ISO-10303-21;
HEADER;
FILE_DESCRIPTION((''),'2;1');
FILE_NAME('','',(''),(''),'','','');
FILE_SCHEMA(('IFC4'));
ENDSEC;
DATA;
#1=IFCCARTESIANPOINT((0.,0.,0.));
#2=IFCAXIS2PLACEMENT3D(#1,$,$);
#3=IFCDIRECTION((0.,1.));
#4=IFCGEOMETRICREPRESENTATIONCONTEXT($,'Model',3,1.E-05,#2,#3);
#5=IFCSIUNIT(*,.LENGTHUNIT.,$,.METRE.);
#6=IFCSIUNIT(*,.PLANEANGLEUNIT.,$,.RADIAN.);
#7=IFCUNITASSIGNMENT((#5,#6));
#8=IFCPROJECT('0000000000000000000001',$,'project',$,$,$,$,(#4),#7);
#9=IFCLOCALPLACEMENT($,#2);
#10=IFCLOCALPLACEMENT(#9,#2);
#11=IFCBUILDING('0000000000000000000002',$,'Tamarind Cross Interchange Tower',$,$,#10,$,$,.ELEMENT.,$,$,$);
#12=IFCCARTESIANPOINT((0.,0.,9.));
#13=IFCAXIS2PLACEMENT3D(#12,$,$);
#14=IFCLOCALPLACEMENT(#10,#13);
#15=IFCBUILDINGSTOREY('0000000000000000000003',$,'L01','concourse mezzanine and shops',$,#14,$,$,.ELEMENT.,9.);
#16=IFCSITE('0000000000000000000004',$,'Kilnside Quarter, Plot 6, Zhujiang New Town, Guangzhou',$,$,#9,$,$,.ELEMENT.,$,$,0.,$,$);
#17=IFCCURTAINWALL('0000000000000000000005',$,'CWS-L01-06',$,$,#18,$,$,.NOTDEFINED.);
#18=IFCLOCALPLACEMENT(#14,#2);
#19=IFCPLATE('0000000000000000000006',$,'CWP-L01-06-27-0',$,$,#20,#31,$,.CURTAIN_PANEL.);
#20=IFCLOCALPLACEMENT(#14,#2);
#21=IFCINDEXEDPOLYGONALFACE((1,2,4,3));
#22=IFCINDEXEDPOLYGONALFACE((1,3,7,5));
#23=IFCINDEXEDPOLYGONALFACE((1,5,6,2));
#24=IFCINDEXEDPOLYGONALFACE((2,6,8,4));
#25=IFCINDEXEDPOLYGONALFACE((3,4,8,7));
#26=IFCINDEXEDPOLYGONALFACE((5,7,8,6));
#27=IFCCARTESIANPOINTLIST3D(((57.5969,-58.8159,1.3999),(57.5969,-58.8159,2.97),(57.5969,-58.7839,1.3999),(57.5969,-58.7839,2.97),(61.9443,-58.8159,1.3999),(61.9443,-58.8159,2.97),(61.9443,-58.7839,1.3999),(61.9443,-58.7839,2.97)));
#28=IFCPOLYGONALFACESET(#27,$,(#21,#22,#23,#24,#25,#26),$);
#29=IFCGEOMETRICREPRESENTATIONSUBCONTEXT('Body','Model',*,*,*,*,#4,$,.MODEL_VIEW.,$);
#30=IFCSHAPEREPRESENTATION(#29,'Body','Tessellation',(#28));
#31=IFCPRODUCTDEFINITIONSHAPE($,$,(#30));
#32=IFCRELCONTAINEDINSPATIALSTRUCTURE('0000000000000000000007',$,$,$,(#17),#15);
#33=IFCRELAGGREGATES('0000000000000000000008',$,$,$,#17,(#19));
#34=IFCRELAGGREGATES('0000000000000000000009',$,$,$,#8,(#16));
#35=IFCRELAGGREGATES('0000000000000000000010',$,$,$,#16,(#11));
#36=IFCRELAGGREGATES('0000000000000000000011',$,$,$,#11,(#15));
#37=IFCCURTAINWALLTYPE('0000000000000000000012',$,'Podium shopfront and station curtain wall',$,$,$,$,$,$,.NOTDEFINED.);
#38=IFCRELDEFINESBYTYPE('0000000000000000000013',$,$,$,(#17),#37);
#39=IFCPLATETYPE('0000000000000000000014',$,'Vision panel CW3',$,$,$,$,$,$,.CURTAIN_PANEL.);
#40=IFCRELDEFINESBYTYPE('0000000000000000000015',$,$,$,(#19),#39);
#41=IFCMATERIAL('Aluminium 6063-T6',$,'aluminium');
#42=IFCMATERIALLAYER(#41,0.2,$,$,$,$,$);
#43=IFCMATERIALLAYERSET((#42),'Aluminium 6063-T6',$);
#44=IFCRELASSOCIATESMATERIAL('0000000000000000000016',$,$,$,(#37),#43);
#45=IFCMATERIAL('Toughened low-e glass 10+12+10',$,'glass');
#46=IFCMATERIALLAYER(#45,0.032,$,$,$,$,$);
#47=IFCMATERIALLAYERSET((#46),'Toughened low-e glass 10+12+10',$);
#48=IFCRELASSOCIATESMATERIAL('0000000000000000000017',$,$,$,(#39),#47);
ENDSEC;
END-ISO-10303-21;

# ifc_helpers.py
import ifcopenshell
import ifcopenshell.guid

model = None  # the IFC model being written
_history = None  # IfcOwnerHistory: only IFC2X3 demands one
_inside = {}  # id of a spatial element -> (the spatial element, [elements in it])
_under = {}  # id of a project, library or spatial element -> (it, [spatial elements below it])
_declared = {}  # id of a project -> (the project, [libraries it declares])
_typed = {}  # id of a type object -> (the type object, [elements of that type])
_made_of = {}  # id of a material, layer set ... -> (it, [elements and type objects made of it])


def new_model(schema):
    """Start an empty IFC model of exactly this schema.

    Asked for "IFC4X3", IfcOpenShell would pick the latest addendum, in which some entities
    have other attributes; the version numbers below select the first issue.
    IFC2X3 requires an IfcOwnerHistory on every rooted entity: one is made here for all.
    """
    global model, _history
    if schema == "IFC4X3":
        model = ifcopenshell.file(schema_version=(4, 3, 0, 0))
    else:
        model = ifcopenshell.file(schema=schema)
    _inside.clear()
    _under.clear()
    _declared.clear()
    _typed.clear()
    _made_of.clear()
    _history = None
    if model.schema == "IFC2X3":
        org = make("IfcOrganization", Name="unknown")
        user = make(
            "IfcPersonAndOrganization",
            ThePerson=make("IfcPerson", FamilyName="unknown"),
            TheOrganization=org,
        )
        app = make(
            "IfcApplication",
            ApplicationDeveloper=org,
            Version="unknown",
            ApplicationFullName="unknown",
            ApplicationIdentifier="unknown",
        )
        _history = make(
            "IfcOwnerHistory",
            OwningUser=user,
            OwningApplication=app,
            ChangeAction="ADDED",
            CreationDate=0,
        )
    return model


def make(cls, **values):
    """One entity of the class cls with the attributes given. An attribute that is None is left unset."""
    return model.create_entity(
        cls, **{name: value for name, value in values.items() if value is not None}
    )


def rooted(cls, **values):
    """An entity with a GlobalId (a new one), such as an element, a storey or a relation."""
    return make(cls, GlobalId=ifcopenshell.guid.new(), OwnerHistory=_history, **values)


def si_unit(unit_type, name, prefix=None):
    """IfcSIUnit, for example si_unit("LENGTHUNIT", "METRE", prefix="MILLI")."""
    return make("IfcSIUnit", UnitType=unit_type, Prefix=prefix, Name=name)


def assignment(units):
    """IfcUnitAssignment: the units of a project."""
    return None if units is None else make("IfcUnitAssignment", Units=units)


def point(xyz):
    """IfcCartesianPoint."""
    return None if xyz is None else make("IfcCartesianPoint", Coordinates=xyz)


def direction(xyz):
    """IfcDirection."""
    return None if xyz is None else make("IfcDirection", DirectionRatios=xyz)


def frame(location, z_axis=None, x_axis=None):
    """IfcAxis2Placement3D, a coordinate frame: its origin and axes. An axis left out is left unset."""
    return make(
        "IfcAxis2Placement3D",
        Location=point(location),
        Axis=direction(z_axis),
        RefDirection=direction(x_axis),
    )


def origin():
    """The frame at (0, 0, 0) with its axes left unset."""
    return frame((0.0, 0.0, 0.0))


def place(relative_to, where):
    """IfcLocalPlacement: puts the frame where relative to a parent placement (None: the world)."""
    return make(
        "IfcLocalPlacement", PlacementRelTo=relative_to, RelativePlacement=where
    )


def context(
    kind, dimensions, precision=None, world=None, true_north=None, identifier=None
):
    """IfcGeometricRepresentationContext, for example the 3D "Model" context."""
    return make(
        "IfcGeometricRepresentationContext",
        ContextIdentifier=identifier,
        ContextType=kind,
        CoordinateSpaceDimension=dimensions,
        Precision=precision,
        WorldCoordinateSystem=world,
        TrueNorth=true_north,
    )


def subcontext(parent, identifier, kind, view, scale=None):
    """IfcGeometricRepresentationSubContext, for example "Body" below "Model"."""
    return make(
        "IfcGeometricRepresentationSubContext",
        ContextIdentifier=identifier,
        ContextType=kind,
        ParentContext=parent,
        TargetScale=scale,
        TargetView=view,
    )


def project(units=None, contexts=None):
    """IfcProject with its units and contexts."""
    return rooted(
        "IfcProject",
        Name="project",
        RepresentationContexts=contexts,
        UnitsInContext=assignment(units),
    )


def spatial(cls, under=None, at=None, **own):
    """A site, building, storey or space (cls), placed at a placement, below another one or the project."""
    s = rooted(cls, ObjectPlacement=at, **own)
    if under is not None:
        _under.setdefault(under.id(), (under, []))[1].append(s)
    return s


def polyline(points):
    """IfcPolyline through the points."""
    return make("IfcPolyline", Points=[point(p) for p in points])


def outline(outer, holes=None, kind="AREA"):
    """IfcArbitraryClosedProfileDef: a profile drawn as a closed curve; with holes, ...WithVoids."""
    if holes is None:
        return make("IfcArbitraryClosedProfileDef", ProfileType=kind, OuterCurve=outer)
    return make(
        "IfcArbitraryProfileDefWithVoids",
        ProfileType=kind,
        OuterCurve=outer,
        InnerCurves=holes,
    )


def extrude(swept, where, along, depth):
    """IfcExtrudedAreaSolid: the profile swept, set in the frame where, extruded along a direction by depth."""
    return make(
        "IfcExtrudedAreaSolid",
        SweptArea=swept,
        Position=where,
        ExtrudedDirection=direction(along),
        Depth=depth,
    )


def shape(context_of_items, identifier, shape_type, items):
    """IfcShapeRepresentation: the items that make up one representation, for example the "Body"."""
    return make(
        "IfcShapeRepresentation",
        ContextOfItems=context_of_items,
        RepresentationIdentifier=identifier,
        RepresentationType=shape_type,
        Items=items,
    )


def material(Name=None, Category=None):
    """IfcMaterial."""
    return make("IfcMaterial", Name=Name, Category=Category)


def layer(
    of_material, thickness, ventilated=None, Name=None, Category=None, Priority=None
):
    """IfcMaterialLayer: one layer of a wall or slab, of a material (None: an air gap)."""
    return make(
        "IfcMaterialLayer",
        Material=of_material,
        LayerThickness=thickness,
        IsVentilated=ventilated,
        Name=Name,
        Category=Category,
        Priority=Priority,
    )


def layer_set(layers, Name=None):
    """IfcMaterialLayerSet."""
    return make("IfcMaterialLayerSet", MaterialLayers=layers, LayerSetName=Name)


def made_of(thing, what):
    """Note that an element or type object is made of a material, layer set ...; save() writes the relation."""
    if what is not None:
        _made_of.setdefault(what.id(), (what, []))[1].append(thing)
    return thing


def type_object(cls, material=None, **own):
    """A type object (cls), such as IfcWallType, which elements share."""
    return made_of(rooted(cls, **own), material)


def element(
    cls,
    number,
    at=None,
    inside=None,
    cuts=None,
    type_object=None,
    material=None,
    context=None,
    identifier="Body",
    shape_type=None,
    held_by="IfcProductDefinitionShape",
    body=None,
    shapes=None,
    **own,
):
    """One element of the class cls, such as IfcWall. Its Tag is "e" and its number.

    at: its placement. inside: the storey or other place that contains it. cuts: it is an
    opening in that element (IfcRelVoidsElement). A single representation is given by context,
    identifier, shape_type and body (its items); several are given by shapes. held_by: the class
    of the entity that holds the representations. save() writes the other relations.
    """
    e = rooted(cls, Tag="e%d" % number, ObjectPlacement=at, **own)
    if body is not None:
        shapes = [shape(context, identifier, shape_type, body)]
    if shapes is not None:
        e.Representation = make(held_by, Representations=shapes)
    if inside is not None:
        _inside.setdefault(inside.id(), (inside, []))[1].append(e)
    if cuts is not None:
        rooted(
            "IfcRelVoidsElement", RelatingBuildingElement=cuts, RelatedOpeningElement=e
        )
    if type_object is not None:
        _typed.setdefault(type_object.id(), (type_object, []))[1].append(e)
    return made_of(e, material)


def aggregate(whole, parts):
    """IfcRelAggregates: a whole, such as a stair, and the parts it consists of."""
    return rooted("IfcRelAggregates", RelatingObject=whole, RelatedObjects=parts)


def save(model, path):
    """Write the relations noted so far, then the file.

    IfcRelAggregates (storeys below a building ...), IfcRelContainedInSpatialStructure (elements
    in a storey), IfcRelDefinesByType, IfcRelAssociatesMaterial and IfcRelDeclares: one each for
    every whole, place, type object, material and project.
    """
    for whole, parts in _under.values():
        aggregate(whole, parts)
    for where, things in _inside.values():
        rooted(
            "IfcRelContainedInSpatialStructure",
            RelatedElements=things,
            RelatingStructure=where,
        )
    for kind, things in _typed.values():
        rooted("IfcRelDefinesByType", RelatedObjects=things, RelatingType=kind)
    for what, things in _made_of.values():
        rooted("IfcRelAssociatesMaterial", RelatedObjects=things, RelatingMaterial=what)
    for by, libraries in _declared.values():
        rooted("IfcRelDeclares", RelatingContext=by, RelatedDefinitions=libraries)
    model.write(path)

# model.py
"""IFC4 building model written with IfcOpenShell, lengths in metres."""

from ifc_helpers import new_model, si_unit, direction, frame, origin, place, context, subcontext, project, spatial, polyline, outline, extrude, material, layer, layer_set, type_object, element, aggregate, save


model = new_model("IFC4")

# Units and contexts
model_context = context("Model", 3, precision=1e-05, world=origin(), true_north=direction((0.0, 1.0)))
body_context = subcontext(model_context, "Body", "Model", "MODEL_VIEW")
ifc_project = project(units=[si_unit("LENGTHUNIT", "METRE"), si_unit("PLANEANGLEUNIT", "RADIAN")], contexts=[model_context])

# Site, building, storey
site_placement = place(None, origin())
site = spatial("IfcSite", under=ifc_project, at=site_placement, Name="Kilnside Quarter, Plot 6, Zhujiang New Town, Guangzhou", CompositionType="ELEMENT", RefElevation=0.0)
building_placement = place(site_placement, origin())
building = spatial("IfcBuilding", under=site, at=building_placement, Name="Tamarind Cross Interchange Tower", CompositionType="ELEMENT")
storey_placement = place(building_placement, frame((0.0, 0.0, 9.0)))
storey = spatial("IfcBuildingStorey", under=building, at=storey_placement, Name="L01", Description="concourse mezzanine and shops", CompositionType="ELEMENT", Elevation=9.0)

# Curtain wall, plate
ifc_material_1 = material(Name="Aluminium 6063-T6", Category="aluminium")
ifc_layer_1 = layer(ifc_material_1, 0.2)
ifc_layer_set_1 = layer_set([ifc_layer_1], Name="Aluminium 6063-T6")
curtain_wall_type = type_object("IfcCurtainWallType", Name="Podium shopfront and station curtain wall", PredefinedType="NOTDEFINED", material=ifc_layer_set_1)
curtain_wall_placement = place(storey_placement, origin())
curtain_wall = element("IfcCurtainWall", 1, at=curtain_wall_placement, inside=storey, type_object=curtain_wall_type, Name="CWS-L01-06", PredefinedType="NOTDEFINED")
ifc_material_2 = material(Name="Toughened low-e glass 10+12+10", Category="glass")
ifc_layer_2 = layer(ifc_material_2, 0.032)
ifc_layer_set_2 = layer_set([ifc_layer_2], Name="Toughened low-e glass 10+12+10")
plate_type = type_object("IfcPlateType", Name="Vision panel CW3", PredefinedType="CURTAIN_PANEL", material=ifc_layer_set_2)
plate_1_placement = place(storey_placement, frame((0.0, 0.0, 1.3999)))
plate_1 = element("IfcPlate", 2, at=plate_1_placement, type_object=plate_type, Name="CWP-L01-06-27-0", PredefinedType="CURTAIN_PANEL", context=body_context, shape_type="SweptSolid", body=[
    extrude(outline(polyline([(57.5969, -58.7839), (61.9443, -58.7839), (61.9443, -58.8159), (57.5969, -58.8159), (57.5969, -58.7839)])), origin(), (0.0, 0.0, 1.0), 1.5701),
])
aggregate(curtain_wall, [plate_1])

save(model, "model.ifc")
